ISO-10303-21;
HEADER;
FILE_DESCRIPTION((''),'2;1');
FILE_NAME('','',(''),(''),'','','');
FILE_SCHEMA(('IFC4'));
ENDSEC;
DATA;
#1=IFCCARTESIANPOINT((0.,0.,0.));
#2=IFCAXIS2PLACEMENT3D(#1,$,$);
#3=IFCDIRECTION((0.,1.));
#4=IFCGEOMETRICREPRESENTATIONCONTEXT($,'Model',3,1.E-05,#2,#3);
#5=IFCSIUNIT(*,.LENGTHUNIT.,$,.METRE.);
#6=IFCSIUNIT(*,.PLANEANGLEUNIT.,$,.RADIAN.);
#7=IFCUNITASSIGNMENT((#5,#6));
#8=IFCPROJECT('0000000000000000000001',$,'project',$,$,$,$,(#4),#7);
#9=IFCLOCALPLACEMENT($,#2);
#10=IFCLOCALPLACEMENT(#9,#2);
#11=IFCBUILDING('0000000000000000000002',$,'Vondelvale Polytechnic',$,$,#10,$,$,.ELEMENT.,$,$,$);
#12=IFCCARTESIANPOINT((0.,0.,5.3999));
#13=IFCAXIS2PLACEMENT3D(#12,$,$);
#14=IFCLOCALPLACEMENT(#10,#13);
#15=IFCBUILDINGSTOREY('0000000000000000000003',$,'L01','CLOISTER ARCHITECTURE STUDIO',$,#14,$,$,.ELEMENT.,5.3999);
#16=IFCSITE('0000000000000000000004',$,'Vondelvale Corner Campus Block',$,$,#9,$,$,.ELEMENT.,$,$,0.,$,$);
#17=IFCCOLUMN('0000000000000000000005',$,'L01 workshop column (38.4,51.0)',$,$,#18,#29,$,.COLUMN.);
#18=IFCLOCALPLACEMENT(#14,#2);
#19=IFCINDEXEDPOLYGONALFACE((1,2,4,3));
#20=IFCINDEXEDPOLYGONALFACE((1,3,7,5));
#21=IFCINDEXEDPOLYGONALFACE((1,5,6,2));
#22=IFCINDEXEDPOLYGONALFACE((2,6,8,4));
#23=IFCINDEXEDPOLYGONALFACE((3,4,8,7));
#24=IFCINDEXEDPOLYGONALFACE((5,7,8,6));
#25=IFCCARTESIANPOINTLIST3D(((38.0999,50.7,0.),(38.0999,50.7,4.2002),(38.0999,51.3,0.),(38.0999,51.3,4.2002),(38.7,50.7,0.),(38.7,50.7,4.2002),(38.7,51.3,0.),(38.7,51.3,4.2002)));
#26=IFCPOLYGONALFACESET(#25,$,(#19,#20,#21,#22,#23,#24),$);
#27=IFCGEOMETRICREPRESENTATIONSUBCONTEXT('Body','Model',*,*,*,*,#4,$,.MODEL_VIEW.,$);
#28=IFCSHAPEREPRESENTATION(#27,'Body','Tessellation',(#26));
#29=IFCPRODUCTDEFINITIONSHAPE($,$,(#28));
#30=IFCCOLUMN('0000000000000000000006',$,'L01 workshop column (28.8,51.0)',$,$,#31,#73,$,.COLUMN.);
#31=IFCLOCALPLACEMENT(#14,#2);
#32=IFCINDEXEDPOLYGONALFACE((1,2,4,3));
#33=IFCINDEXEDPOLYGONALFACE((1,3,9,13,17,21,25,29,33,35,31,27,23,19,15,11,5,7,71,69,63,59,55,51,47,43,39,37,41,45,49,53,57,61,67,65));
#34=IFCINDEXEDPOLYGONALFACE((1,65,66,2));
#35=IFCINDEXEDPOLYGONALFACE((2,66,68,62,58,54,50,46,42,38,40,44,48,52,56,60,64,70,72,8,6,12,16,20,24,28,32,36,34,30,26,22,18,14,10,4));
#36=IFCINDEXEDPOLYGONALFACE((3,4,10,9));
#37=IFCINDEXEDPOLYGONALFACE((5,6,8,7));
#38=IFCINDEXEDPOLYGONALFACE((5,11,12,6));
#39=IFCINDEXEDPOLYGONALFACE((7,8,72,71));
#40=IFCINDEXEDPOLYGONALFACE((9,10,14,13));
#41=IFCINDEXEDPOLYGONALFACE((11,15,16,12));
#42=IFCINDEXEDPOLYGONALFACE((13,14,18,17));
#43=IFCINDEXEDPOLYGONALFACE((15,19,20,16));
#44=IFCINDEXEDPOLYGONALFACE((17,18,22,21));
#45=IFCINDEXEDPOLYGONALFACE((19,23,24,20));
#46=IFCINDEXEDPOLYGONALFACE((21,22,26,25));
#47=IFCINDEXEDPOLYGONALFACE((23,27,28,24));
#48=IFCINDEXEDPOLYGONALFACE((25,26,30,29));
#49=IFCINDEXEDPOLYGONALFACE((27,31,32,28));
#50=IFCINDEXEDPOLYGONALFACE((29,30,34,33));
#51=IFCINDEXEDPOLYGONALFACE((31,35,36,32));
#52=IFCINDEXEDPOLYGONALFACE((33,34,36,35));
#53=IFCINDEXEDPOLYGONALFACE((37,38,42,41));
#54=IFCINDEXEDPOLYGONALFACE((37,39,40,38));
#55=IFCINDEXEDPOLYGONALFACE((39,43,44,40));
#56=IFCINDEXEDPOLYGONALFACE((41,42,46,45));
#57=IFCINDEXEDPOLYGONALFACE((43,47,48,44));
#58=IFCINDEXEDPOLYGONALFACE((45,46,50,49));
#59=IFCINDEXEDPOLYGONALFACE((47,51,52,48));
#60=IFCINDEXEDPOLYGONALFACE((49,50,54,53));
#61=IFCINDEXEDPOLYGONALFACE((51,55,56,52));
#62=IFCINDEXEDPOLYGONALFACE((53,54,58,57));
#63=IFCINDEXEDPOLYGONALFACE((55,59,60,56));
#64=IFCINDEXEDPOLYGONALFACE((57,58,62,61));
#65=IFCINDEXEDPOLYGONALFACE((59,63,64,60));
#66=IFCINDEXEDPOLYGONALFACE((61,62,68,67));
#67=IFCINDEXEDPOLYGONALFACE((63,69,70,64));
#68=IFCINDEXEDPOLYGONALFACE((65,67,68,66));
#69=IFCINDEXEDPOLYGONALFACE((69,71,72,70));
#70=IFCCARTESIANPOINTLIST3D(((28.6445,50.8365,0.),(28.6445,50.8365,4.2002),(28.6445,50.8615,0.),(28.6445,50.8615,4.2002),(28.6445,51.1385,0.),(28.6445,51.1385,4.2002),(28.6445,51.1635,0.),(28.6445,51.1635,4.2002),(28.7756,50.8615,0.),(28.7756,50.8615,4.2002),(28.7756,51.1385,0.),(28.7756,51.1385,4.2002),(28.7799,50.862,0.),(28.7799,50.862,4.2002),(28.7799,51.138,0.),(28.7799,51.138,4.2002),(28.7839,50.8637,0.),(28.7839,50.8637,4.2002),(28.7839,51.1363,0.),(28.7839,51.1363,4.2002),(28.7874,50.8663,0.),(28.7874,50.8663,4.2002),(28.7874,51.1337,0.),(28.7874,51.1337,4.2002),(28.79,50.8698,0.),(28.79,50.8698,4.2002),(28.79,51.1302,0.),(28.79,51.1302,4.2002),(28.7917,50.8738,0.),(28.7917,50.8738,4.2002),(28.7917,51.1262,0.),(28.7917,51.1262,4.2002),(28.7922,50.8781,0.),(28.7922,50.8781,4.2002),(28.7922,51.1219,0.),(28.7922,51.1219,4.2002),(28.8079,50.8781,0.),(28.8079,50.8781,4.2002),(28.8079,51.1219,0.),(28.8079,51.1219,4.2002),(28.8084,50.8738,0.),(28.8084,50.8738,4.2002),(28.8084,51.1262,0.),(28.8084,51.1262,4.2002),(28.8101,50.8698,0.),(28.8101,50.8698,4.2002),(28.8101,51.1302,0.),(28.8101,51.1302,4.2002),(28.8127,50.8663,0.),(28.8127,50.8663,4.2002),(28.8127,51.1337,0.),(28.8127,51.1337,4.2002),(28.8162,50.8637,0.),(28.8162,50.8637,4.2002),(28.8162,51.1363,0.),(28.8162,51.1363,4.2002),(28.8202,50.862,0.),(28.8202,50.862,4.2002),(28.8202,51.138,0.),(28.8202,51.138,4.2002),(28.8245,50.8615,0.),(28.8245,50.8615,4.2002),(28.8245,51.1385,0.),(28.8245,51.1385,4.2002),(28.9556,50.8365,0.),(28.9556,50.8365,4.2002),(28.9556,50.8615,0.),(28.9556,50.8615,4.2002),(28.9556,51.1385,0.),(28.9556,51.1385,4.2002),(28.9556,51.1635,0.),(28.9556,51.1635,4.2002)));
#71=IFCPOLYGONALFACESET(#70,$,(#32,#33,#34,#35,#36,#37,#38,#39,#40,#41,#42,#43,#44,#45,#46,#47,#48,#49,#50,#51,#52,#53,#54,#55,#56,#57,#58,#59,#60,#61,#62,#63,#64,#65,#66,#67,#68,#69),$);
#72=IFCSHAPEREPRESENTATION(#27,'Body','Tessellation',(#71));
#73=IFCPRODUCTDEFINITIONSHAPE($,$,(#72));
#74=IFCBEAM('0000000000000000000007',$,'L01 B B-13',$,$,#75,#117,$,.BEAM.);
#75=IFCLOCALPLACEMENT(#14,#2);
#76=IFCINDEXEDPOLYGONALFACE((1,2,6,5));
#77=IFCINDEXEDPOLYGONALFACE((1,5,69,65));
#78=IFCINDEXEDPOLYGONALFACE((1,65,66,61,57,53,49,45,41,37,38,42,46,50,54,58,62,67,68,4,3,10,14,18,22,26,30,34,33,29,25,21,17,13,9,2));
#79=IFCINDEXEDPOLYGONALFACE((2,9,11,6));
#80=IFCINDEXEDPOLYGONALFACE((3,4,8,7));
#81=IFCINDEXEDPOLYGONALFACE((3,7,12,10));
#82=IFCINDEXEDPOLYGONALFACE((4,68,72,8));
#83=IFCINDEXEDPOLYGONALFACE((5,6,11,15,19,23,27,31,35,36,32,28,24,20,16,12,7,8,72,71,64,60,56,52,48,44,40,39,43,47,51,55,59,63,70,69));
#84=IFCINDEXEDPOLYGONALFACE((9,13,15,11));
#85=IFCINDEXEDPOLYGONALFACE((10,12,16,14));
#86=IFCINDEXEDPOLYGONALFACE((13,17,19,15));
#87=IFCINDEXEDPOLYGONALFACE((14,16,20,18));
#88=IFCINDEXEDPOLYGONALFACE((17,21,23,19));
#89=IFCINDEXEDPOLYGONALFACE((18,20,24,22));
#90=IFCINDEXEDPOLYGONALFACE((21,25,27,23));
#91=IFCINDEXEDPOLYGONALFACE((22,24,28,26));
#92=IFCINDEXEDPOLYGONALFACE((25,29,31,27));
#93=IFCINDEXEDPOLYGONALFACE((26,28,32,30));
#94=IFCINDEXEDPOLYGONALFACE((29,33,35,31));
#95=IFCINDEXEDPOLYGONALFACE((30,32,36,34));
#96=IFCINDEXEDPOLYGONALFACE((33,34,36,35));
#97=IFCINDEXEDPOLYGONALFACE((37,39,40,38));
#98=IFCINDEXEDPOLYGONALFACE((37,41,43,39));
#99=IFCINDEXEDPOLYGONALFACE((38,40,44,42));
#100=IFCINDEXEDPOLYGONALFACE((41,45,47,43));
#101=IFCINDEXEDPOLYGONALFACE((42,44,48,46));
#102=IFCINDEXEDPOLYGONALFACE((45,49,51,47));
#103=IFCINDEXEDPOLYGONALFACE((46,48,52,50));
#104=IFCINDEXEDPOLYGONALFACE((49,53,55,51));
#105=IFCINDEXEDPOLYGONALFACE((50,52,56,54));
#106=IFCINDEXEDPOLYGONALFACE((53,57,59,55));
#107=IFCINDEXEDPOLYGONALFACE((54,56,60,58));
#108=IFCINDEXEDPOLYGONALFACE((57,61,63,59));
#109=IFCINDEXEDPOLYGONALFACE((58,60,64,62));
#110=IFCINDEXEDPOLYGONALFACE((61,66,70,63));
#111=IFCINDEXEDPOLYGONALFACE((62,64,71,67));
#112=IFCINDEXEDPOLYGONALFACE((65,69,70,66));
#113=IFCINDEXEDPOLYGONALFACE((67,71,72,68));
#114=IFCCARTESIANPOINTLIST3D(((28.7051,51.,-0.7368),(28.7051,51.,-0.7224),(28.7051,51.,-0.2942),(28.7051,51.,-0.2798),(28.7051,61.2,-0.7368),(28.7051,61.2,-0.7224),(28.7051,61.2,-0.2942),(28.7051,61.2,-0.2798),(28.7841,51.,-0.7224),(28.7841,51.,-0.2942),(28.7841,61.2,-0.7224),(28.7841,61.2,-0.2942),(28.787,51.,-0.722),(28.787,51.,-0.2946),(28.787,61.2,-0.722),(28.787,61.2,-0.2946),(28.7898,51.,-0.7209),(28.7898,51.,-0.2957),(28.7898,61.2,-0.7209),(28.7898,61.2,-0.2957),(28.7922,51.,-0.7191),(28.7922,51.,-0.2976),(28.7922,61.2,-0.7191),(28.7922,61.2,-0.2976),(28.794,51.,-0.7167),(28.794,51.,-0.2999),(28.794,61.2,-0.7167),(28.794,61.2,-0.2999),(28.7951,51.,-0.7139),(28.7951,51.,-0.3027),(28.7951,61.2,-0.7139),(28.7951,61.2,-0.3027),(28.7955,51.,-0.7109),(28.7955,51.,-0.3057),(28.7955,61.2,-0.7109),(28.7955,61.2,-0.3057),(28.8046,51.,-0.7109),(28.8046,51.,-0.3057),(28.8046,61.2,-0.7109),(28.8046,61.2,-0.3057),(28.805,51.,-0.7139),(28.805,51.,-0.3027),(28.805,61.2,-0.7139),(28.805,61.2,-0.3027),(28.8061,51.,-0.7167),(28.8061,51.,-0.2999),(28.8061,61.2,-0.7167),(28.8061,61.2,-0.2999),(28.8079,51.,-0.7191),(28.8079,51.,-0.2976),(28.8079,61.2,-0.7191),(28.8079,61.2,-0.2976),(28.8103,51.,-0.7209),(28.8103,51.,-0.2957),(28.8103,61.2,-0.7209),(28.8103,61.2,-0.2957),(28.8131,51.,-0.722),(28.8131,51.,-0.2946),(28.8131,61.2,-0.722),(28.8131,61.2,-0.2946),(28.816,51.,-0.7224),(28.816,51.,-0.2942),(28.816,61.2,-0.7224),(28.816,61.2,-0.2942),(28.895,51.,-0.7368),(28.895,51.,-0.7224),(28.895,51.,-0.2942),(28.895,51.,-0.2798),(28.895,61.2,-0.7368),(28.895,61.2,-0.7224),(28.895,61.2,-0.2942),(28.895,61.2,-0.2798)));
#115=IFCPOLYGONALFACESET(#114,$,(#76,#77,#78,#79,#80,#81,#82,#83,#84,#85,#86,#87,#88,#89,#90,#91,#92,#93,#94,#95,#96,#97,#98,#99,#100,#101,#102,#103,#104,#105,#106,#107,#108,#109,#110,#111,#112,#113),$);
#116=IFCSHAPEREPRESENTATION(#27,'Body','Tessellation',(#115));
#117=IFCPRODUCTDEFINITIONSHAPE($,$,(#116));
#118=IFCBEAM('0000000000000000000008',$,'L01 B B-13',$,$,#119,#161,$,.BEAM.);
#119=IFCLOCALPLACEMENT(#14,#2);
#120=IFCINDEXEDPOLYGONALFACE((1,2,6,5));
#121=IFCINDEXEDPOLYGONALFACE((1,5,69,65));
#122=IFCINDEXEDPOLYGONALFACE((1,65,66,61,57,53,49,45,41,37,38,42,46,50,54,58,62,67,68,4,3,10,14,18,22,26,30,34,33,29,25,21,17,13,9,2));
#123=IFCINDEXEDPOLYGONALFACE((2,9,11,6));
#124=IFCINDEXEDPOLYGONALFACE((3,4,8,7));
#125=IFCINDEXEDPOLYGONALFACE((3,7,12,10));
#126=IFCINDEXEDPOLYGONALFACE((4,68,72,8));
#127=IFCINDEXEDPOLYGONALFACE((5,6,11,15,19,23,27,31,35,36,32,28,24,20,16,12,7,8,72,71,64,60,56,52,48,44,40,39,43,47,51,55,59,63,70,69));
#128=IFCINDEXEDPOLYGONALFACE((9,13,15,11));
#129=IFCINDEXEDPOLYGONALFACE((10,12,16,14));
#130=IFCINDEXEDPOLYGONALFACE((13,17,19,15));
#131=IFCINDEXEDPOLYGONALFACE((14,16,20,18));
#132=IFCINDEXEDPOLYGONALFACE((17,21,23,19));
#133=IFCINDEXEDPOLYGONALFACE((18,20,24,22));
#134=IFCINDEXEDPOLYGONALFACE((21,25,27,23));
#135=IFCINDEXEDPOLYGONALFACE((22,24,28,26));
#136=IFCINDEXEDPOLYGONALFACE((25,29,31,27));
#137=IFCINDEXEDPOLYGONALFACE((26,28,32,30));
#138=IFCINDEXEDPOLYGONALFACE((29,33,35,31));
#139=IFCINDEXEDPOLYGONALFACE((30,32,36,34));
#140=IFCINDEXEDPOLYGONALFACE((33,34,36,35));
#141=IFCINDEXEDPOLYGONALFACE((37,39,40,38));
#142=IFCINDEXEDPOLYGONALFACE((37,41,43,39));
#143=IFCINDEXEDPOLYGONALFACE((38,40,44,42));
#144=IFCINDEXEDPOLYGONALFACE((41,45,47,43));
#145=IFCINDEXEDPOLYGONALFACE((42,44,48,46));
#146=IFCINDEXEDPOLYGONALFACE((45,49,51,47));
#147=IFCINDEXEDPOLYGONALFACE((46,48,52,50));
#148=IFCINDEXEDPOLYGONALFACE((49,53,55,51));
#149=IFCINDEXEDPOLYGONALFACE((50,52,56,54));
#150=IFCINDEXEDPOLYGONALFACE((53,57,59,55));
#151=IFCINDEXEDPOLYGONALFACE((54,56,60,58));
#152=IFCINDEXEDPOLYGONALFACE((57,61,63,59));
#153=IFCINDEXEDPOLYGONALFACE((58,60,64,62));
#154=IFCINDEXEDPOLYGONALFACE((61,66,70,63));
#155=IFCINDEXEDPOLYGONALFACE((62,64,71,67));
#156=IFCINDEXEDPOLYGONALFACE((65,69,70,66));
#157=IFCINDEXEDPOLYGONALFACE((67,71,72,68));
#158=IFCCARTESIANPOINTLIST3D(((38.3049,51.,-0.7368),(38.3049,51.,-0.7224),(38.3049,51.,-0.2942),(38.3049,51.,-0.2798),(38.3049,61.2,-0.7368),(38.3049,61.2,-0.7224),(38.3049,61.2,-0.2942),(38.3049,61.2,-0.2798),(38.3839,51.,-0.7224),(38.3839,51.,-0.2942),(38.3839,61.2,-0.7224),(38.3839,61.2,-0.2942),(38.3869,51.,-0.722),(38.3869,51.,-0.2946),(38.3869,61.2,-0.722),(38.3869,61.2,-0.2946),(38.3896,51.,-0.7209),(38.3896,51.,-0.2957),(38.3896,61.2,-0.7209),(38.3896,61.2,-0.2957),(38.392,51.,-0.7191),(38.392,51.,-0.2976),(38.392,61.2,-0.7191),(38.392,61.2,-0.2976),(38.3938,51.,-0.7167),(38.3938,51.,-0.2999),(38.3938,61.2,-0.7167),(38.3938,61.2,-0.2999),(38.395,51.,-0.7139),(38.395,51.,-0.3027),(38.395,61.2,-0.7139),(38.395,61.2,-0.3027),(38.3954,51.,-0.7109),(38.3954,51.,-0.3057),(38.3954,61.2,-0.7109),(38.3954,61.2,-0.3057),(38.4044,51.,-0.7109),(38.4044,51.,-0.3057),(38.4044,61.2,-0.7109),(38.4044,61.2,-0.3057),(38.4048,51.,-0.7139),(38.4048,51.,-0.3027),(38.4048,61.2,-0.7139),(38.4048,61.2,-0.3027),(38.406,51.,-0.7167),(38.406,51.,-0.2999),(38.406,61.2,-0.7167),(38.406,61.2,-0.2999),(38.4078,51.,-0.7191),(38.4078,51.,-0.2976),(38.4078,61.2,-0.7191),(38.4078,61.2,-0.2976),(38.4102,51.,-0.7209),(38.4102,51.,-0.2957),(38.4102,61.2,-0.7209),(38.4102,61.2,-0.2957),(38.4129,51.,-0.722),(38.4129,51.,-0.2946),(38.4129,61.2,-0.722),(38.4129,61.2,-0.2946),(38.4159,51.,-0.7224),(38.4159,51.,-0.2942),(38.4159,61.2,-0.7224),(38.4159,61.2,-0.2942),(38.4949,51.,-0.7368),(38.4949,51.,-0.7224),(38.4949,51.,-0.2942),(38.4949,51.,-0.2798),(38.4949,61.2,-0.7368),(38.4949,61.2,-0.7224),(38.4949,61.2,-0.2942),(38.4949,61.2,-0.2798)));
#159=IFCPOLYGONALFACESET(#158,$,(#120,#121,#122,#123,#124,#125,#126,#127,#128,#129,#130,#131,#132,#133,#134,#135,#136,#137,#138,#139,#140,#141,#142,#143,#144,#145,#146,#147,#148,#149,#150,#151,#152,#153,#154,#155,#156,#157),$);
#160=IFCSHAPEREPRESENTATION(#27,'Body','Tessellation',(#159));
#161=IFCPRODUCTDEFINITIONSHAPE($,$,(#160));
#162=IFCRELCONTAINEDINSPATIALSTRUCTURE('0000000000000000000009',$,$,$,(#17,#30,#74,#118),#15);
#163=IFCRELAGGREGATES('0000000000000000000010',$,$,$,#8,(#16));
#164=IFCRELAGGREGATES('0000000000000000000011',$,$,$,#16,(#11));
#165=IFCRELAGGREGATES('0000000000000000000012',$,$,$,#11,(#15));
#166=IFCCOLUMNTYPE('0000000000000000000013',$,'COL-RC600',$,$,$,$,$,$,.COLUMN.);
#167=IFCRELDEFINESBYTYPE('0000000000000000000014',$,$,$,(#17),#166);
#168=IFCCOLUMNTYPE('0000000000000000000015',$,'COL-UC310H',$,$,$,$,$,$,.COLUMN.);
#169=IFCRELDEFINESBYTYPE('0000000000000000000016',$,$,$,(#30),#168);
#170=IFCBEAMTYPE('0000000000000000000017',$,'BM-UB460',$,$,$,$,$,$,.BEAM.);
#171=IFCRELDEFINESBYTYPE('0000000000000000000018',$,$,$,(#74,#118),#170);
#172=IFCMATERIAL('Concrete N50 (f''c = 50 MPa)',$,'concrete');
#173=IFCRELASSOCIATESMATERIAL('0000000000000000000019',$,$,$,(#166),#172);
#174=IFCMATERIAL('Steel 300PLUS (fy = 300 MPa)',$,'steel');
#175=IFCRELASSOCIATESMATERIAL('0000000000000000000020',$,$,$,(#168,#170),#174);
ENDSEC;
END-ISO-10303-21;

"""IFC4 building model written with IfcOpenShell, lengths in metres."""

from ifc_helpers import new_model, si_unit, direction, frame, origin, origin_2d, place, context, subcontext, project, spatial, rectangle, i_section, extrude, material, material_profile, profile_set, type_object, element, save


model = new_model("IFC4")

# Units and contexts
model_context = context("Model", 3, precision=1e-05, world=origin(), true_north=direction((0.0, 1.0)))
body_context = subcontext(model_context, "Body", "Model", "MODEL_VIEW")
ifc_project = project(units=[si_unit("LENGTHUNIT", "METRE"), si_unit("PLANEANGLEUNIT", "RADIAN")], contexts=[model_context])

# Site, building, storey
site_placement = place(None, origin())
site = spatial("IfcSite", under=ifc_project, at=site_placement, Name="Vondelvale Corner Campus Block", CompositionType="ELEMENT", RefElevation=0.0)
building_placement = place(site_placement, origin())
building = spatial("IfcBuilding", under=site, at=building_placement, Name="Vondelvale Polytechnic", CompositionType="ELEMENT")
storey_placement = place(building_placement, frame((0.0, 0.0, 5.3999)))
storey = spatial("IfcBuildingStorey", under=building, at=storey_placement, Name="L01", Description="CLOISTER ARCHITECTURE STUDIO", CompositionType="ELEMENT", Elevation=5.3999)

# Columns
ifc_material_1 = material(Name="Concrete N50 (f'c = 50 MPa)", Category="concrete")
ifc_material_profile_1 = material_profile(ifc_material_1, rectangle(XDim=0.6001, YDim=0.6001, at=origin_2d()), Name="RC-COL-600x600")
ifc_profile_set_1 = profile_set([ifc_material_profile_1], Name="Concrete N50 (f'c = 50 MPa)")
column_type_1 = type_object("IfcColumnType", Name="COL-RC600", PredefinedType="COLUMN", material=ifc_profile_set_1)
column_1_placement = place(storey_placement, frame((38.3999, 51.0, 0.0), z_axis=(0.0, 0.0, 1.0), x_axis=(1.0, 0.0, 0.0)))
element("IfcColumn", 1, at=column_1_placement, inside=storey, type_object=column_type_1, Name="L01 workshop column (38.4,51.0)", PredefinedType="COLUMN", context=body_context, shape_type="SweptSolid", body=[
    extrude(rectangle(XDim=0.6001, YDim=0.6001, at=origin_2d()), origin(), (0.0, 0.0, 1.0), 4.2002),
])
ifc_material_2 = material(Name="Steel 300PLUS (fy = 300 MPa)", Category="steel")
ifc_material_profile_2 = material_profile(ifc_material_2, i_section(OverallWidth=0.311, OverallDepth=0.3269, WebThickness=0.0156, FlangeThickness=0.0249, FilletRadius=0.0166, at=origin_2d()), Name="310UC158")
ifc_profile_set_2 = profile_set([ifc_material_profile_2], Name="Steel 300PLUS (fy = 300 MPa)")
column_type_2 = type_object("IfcColumnType", Name="COL-UC310H", PredefinedType="COLUMN", material=ifc_profile_set_2)
column_2_placement = place(storey_placement, frame((28.8, 51.0, 0.0), z_axis=(0.0, 0.0, 1.0), x_axis=(1.0, 0.0, 0.0)))
element("IfcColumn", 2, at=column_2_placement, inside=storey, type_object=column_type_2, Name="L01 workshop column (28.8,51.0)", PredefinedType="COLUMN", context=body_context, shape_type="SweptSolid", body=[
    extrude(i_section(OverallWidth=0.311, OverallDepth=0.3269, WebThickness=0.0156, FlangeThickness=0.0249, FilletRadius=0.0166, at=origin_2d()), origin(), (0.0, 0.0, 1.0), 4.2002),
])

# Beams
ifc_material_profile_3 = material_profile(ifc_material_2, i_section(OverallWidth=0.1899, OverallDepth=0.457, WebThickness=0.009, FlangeThickness=0.0144, FilletRadius=0.0115, at=origin_2d()), Name="460UB74.6")
ifc_profile_set_3 = profile_set([ifc_material_profile_3], Name="Steel 300PLUS (fy = 300 MPa)")
beam_type_1 = type_object("IfcBeamType", Name="BM-UB460", PredefinedType="BEAM", material=ifc_profile_set_3)
for number, where, z_axis, x_axis, name in (
    (3, (28.8, 51.0, -0.5083), (0.0, 1.0, 0.0), (-1.0, 0.0, 0.0), "L01 B B-13"),
    (4, (38.3999, 51.0, -0.5083), (0.0, 1.0, 0.0), (-1.0, 0.0, 0.0), "L01 B B-13"),
):
    element("IfcBeam", number, at=place(storey_placement, frame(where, z_axis=z_axis, x_axis=x_axis)), inside=storey, type_object=beam_type_1, Name=name, PredefinedType="BEAM", context=body_context, shape_type="SweptSolid", body=[
        extrude(i_section(OverallWidth=0.1899, OverallDepth=0.457, WebThickness=0.009, FlangeThickness=0.0144, FilletRadius=0.0115, at=origin_2d()), origin(), (0.0, 0.0, 1.0), 10.2),
    ])

save(model, "model.ifc")
